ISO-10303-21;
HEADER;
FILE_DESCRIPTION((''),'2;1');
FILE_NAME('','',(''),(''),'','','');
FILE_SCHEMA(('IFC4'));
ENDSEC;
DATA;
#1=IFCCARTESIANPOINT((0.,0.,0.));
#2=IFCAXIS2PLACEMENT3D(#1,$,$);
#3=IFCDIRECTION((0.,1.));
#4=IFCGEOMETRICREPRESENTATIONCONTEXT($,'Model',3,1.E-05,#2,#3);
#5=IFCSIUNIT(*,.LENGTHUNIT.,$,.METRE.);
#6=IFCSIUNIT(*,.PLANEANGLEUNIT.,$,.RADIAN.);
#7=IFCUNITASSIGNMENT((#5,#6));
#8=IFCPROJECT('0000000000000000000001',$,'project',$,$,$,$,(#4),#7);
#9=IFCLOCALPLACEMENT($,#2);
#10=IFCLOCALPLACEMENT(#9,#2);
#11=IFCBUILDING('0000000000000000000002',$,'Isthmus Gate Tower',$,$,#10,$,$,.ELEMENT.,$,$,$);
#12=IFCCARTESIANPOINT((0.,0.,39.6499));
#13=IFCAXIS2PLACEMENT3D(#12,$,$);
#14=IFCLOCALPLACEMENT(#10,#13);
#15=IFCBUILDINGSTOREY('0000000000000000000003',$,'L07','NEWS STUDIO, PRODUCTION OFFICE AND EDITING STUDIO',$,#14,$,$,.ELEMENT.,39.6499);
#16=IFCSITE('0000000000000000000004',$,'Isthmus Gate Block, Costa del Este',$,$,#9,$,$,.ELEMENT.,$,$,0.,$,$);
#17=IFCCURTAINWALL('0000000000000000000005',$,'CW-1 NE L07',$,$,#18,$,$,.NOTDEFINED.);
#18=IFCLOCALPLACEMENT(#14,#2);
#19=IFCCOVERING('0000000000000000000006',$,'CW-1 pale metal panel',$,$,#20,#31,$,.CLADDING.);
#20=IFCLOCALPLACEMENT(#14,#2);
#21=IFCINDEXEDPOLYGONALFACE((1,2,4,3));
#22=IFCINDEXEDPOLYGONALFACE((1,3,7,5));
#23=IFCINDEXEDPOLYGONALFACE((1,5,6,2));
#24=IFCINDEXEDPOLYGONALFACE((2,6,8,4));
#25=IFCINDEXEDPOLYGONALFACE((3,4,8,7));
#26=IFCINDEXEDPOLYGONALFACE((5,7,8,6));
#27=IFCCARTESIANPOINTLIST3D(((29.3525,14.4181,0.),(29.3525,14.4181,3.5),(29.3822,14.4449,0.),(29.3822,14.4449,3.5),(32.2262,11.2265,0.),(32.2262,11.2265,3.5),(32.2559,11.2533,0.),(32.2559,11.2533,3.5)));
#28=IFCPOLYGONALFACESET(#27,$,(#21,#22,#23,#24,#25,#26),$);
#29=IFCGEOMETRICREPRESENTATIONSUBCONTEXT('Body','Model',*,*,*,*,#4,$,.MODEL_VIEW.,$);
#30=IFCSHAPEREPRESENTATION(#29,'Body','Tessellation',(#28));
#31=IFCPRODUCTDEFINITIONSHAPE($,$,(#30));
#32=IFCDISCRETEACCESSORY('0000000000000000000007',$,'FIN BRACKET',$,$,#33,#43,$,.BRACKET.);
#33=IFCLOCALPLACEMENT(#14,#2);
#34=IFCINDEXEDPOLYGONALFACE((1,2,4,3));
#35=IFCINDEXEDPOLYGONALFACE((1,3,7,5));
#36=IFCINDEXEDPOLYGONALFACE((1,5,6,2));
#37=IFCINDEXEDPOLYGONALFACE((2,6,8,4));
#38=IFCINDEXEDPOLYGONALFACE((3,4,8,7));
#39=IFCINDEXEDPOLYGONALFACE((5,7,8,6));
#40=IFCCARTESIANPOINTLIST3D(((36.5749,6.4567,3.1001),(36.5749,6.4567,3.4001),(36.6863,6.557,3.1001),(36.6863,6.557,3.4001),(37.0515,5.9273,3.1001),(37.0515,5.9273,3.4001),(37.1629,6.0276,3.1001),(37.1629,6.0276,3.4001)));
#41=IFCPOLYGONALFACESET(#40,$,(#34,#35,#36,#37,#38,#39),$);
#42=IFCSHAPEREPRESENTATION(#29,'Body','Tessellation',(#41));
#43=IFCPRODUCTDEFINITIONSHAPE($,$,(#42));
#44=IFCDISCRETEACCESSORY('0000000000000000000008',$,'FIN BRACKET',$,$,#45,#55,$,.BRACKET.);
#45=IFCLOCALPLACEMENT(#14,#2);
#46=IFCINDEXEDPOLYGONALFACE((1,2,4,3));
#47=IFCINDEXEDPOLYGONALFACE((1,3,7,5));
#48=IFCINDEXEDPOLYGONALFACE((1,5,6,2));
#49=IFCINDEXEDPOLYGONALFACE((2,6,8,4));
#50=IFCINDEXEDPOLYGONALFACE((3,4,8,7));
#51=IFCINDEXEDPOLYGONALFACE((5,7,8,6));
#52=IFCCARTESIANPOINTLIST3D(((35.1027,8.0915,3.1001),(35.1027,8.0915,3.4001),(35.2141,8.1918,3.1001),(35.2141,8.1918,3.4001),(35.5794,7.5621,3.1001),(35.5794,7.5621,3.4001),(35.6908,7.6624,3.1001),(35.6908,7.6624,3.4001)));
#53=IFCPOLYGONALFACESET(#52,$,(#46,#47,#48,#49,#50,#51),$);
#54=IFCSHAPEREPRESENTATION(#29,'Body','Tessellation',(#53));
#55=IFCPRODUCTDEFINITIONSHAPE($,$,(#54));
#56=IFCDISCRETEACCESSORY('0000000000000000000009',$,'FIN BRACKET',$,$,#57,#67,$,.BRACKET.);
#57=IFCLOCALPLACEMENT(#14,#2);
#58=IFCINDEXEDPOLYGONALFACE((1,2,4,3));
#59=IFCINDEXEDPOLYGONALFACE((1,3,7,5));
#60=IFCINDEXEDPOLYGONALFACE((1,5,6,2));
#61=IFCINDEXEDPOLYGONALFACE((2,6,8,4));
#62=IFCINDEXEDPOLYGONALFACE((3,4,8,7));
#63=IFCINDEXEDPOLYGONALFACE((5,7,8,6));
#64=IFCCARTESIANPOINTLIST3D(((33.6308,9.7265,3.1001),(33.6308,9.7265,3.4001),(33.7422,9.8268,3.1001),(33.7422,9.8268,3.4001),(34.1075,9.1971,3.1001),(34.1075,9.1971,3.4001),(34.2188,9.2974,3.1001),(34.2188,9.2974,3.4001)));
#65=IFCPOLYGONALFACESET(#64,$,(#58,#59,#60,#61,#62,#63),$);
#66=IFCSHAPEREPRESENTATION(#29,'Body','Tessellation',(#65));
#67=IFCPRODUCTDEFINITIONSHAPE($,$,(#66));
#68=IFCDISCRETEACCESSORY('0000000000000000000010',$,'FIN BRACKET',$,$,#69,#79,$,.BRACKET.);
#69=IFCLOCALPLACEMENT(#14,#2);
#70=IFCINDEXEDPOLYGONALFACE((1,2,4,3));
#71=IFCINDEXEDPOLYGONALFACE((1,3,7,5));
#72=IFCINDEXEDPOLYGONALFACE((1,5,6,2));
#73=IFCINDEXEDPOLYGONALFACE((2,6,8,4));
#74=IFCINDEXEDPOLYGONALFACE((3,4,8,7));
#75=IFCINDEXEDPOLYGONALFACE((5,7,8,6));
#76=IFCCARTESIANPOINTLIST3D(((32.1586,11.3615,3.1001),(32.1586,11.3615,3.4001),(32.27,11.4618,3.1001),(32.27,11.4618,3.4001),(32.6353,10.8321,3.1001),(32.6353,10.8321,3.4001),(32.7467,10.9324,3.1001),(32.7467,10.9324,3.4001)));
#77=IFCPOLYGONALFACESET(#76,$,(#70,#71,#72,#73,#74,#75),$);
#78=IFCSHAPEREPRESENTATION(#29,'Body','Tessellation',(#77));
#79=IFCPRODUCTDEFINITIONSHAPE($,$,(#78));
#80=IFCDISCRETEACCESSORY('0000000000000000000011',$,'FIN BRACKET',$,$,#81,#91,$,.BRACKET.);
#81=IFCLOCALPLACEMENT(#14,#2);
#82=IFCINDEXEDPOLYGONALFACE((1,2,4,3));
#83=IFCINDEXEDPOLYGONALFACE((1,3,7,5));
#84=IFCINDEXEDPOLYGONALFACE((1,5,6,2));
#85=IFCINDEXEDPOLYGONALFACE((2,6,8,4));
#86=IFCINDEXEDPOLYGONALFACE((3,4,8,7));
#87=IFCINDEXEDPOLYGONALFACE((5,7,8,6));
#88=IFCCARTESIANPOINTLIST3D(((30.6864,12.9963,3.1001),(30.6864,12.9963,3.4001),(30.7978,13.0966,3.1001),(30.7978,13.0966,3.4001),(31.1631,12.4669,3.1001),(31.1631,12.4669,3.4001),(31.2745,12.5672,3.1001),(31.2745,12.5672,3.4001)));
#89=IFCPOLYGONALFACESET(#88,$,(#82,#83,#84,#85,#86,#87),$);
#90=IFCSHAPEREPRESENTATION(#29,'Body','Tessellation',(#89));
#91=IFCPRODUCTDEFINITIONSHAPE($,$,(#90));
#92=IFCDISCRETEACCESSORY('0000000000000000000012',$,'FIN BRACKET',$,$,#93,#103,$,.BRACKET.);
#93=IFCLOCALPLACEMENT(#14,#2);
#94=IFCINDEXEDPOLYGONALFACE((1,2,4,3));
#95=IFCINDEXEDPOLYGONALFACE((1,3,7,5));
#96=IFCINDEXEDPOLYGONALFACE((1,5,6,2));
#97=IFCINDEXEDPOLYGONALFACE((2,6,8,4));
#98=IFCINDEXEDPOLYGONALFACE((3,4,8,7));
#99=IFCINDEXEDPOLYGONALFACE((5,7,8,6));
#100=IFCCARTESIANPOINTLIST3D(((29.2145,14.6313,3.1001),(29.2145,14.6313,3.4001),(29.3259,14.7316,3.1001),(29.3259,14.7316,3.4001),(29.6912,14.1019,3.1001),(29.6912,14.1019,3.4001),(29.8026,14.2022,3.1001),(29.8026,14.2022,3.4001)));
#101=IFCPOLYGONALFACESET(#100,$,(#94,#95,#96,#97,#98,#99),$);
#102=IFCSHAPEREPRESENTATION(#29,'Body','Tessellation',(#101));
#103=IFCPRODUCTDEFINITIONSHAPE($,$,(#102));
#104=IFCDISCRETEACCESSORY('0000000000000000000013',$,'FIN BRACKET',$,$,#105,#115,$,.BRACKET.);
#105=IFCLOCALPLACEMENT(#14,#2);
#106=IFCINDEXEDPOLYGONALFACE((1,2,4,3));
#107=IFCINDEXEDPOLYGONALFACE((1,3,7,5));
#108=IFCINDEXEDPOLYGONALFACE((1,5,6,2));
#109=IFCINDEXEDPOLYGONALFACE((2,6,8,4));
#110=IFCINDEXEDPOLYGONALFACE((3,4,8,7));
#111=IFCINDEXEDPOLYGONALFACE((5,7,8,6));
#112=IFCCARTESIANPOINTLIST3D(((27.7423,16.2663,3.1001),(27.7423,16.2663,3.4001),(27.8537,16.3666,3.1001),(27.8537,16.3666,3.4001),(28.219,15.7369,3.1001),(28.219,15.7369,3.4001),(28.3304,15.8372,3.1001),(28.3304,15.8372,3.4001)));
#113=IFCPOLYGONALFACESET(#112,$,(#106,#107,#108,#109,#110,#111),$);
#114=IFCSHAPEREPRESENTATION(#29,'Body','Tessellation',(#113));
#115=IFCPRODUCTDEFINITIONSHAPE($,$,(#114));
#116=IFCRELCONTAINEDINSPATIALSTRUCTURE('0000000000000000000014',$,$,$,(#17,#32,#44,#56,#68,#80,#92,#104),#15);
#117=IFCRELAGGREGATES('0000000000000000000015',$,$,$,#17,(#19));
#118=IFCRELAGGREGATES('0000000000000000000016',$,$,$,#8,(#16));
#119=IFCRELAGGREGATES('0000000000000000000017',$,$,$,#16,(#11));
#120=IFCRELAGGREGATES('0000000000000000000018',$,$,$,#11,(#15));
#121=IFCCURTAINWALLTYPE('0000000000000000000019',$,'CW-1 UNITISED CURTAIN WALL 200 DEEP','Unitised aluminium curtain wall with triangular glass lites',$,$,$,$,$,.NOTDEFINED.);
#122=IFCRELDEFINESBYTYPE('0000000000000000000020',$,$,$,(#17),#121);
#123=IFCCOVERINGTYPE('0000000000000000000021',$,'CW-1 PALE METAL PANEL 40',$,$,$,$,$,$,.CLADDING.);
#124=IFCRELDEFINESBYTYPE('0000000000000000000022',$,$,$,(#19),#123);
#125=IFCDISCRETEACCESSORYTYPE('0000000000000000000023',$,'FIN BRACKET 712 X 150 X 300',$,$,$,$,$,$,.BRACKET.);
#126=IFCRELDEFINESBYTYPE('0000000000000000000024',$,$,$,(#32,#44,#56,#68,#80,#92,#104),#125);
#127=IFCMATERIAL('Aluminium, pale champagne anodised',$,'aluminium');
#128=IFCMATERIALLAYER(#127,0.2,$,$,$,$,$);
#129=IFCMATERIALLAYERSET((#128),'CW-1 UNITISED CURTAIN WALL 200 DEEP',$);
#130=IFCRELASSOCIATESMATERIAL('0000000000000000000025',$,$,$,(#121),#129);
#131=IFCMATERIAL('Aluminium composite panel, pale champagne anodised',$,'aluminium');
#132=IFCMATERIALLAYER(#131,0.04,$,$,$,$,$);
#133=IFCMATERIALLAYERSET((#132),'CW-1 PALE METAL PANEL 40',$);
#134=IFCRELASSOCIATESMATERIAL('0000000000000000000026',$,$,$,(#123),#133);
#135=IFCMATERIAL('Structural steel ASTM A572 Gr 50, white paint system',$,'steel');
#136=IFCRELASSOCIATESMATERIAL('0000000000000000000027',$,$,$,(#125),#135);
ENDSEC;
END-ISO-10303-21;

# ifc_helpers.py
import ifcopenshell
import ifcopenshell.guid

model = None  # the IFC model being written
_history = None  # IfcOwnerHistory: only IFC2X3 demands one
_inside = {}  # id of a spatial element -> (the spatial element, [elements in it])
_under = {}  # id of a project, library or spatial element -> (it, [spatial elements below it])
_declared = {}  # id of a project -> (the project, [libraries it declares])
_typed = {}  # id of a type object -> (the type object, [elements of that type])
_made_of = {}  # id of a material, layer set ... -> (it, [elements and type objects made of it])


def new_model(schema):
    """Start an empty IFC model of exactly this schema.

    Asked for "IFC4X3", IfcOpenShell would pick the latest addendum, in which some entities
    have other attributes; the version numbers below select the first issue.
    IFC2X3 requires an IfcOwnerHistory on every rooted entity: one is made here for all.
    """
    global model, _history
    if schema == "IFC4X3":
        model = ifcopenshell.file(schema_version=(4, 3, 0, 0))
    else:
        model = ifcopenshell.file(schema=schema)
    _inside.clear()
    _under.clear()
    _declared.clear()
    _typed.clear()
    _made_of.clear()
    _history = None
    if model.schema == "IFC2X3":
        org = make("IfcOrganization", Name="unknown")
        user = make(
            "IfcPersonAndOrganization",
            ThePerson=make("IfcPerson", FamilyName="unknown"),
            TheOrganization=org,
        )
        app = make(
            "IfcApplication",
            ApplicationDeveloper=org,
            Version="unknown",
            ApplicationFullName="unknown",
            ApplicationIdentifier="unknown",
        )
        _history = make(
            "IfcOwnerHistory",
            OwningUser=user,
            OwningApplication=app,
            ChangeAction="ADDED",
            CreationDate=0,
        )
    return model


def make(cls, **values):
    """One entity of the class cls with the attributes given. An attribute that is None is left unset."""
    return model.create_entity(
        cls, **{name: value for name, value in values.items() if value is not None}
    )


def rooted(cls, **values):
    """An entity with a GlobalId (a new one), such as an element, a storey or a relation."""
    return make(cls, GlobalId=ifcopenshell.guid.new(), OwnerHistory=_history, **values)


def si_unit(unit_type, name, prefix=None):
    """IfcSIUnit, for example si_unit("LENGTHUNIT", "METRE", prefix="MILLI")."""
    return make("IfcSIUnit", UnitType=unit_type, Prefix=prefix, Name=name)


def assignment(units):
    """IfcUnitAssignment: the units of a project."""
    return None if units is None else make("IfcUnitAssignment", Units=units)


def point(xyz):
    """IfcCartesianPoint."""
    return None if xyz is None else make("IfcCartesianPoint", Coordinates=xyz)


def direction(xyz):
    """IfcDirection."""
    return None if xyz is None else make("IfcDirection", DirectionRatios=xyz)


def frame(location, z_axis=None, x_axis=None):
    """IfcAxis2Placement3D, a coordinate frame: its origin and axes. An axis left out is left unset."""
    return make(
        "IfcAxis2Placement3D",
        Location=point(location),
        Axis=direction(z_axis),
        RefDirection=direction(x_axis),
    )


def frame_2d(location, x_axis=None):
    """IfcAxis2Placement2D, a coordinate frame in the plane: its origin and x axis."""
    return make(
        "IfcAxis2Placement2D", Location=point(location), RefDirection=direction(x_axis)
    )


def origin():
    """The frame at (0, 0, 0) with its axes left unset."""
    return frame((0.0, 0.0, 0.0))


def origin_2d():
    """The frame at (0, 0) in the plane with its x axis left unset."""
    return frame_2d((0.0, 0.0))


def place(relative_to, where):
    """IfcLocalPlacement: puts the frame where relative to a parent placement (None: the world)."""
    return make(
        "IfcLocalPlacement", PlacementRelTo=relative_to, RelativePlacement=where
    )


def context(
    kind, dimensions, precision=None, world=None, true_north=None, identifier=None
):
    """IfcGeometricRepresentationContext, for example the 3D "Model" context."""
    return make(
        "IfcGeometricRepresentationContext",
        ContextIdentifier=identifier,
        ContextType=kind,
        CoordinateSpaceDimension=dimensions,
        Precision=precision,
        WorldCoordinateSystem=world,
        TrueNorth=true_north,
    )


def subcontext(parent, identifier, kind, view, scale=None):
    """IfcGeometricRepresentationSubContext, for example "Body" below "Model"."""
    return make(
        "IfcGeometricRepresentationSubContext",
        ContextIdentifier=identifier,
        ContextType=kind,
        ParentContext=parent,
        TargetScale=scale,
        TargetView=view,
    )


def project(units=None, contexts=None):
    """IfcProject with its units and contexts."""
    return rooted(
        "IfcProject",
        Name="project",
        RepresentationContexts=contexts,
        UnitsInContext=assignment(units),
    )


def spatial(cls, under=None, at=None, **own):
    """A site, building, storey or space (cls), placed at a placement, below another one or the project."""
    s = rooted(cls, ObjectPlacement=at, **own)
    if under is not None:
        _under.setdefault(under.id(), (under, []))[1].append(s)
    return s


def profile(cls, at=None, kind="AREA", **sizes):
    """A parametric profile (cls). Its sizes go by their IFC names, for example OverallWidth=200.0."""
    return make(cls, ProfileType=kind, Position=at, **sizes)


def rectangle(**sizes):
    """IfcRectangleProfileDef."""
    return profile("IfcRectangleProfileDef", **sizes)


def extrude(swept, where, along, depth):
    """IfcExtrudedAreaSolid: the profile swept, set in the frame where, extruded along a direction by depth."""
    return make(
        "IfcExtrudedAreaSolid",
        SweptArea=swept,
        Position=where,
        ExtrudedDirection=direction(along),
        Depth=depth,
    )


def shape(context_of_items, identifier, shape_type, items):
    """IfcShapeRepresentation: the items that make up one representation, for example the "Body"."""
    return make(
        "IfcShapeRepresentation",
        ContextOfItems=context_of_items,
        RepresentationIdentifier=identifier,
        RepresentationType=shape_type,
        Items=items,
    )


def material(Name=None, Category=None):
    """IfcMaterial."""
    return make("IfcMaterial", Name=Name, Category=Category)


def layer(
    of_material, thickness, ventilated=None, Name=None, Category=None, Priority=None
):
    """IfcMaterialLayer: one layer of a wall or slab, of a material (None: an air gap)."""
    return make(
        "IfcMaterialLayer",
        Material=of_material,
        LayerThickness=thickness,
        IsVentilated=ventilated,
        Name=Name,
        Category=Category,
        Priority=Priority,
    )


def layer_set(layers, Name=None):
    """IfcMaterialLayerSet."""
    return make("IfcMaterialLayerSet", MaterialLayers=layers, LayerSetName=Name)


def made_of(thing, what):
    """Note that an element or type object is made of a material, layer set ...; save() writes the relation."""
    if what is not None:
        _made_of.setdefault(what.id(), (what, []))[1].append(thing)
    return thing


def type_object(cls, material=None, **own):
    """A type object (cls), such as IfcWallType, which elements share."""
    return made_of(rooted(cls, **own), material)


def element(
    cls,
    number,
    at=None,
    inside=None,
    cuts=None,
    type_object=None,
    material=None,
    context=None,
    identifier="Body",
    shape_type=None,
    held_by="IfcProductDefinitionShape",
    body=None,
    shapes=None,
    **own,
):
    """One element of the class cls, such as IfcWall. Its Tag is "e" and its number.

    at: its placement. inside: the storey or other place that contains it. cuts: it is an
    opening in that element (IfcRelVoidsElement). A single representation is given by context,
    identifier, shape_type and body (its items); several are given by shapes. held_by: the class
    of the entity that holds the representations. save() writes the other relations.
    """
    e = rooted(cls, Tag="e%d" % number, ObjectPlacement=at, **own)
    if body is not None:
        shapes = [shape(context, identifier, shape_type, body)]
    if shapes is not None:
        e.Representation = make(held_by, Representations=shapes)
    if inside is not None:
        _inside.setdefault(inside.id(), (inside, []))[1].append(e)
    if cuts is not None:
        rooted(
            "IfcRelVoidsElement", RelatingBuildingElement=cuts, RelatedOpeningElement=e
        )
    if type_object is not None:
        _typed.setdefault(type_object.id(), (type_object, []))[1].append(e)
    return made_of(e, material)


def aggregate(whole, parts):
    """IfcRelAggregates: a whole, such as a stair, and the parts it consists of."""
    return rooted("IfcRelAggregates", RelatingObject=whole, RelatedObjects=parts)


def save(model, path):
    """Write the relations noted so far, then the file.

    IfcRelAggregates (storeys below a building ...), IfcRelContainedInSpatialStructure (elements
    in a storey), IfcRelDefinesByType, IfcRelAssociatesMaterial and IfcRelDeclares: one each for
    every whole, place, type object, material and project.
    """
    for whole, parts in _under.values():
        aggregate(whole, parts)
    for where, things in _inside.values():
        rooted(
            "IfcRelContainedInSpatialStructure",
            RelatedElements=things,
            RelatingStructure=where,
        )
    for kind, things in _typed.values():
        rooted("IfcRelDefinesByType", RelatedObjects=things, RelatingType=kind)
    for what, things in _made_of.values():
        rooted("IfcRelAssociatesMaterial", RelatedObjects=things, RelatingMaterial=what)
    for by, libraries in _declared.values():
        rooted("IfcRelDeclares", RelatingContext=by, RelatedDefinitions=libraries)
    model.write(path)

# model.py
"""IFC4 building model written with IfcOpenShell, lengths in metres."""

from ifc_helpers import new_model, si_unit, direction, frame, origin, origin_2d, place, context, subcontext, project, spatial, rectangle, extrude, material, layer, layer_set, type_object, element, aggregate, save


model = new_model("IFC4")

# Units and contexts
model_context = context("Model", 3, precision=1e-05, world=origin(), true_north=direction((0.0, 1.0)))
body_context = subcontext(model_context, "Body", "Model", "MODEL_VIEW")
ifc_project = project(units=[si_unit("LENGTHUNIT", "METRE"), si_unit("PLANEANGLEUNIT", "RADIAN")], contexts=[model_context])

# Site, building, storey
site_placement = place(None, origin())
site = spatial("IfcSite", under=ifc_project, at=site_placement, Name="Isthmus Gate Block, Costa del Este", CompositionType="ELEMENT", RefElevation=0.0)
building_placement = place(site_placement, origin())
building = spatial("IfcBuilding", under=site, at=building_placement, Name="Isthmus Gate Tower", CompositionType="ELEMENT")
storey_placement = place(building_placement, frame((0.0, 0.0, 39.6499)))
storey = spatial("IfcBuildingStorey", under=building, at=storey_placement, Name="L07", Description="NEWS STUDIO, PRODUCTION OFFICE AND EDITING STUDIO", CompositionType="ELEMENT", Elevation=39.6499)

# Curtain wall
ifc_material_1 = material(Name="Aluminium, pale champagne anodised", Category="aluminium")
ifc_layer_1 = layer(ifc_material_1, 0.2)
ifc_layer_set_1 = layer_set([ifc_layer_1], Name="CW-1 UNITISED CURTAIN WALL 200 DEEP")
curtain_wall_type = type_object("IfcCurtainWallType", Name="CW-1 UNITISED CURTAIN WALL 200 DEEP", Description="Unitised aluminium curtain wall with triangular glass lites", PredefinedType="NOTDEFINED", material=ifc_layer_set_1)
curtain_wall_placement = place(storey_placement, origin())
curtain_wall = element("IfcCurtainWall", 1, at=curtain_wall_placement, inside=storey, type_object=curtain_wall_type, Name="CW-1 NE L07", PredefinedType="NOTDEFINED")

# Covering
ifc_material_2 = material(Name="Aluminium composite panel, pale champagne anodised", Category="aluminium")
ifc_layer_2 = layer(ifc_material_2, 0.04)
ifc_layer_set_2 = layer_set([ifc_layer_2], Name="CW-1 PALE METAL PANEL 40")
covering_type = type_object("IfcCoveringType", Name="CW-1 PALE METAL PANEL 40", PredefinedType="CLADDING", material=ifc_layer_set_2)
covering_1_placement = place(storey_placement, frame((30.8042, 12.8357, 0.0), z_axis=(0.0, 0.0, 1.0), x_axis=(-0.669131, 0.743145, 0.0)))
covering_1 = element("IfcCovering", 2, at=covering_1_placement, type_object=covering_type, Name="CW-1 pale metal panel", PredefinedType="CLADDING", context=body_context, shape_type="SweptSolid", body=[
    extrude(rectangle(XDim=4.2947, YDim=0.04, at=origin_2d()), origin(), (0.0, 0.0, 1.0), 3.5),
])
aggregate(curtain_wall, [covering_1])

# Discrete accessories
ifc_material_3 = material(Name="Structural steel ASTM A572 Gr 50, white paint system", Category="steel")
discrete_accessory_type = type_object("IfcDiscreteAccessoryType", Name="FIN BRACKET 712 X 150 X 300", PredefinedType="BRACKET", material=ifc_material_3)
for number, where, z_axis, x_axis, name in (
    (3, (36.8689, 6.2422, 3.1001), (0.0, 0.0, 1.0), (0.743145, 0.669131, 0.0), "FIN BRACKET"),
    (4, (35.3967, 7.877, 3.1001), (0.0, 0.0, 1.0), (0.743145, 0.669131, 0.0), "FIN BRACKET"),
    (5, (33.9248, 9.512, 3.1001), (0.0, 0.0, 1.0), (0.743145, 0.669131, 0.0), "FIN BRACKET"),
    (6, (32.4526, 11.147, 3.1001), (0.0, 0.0, 1.0), (0.743145, 0.669131, 0.0), "FIN BRACKET"),
    (7, (30.9805, 12.7817, 3.1001), (0.0, 0.0, 1.0), (0.743145, 0.669131, 0.0), "FIN BRACKET"),
    (8, (29.5085, 14.4167, 3.1001), (0.0, 0.0, 1.0), (0.743145, 0.669131, 0.0), "FIN BRACKET"),
    (9, (28.0364, 16.0518, 3.1001), (0.0, 0.0, 1.0), (0.743145, 0.669131, 0.0), "FIN BRACKET"),
):
    element("IfcDiscreteAccessory", number, at=place(storey_placement, frame(where, z_axis=z_axis, x_axis=x_axis)), inside=storey, type_object=discrete_accessory_type, Name=name, PredefinedType="BRACKET", context=body_context, shape_type="SweptSolid", body=[
        extrude(rectangle(XDim=0.1499, YDim=0.7124, at=origin_2d()), origin(), (0.0, 0.0, 1.0), 0.3),
    ])

save(model, "model.ifc")
